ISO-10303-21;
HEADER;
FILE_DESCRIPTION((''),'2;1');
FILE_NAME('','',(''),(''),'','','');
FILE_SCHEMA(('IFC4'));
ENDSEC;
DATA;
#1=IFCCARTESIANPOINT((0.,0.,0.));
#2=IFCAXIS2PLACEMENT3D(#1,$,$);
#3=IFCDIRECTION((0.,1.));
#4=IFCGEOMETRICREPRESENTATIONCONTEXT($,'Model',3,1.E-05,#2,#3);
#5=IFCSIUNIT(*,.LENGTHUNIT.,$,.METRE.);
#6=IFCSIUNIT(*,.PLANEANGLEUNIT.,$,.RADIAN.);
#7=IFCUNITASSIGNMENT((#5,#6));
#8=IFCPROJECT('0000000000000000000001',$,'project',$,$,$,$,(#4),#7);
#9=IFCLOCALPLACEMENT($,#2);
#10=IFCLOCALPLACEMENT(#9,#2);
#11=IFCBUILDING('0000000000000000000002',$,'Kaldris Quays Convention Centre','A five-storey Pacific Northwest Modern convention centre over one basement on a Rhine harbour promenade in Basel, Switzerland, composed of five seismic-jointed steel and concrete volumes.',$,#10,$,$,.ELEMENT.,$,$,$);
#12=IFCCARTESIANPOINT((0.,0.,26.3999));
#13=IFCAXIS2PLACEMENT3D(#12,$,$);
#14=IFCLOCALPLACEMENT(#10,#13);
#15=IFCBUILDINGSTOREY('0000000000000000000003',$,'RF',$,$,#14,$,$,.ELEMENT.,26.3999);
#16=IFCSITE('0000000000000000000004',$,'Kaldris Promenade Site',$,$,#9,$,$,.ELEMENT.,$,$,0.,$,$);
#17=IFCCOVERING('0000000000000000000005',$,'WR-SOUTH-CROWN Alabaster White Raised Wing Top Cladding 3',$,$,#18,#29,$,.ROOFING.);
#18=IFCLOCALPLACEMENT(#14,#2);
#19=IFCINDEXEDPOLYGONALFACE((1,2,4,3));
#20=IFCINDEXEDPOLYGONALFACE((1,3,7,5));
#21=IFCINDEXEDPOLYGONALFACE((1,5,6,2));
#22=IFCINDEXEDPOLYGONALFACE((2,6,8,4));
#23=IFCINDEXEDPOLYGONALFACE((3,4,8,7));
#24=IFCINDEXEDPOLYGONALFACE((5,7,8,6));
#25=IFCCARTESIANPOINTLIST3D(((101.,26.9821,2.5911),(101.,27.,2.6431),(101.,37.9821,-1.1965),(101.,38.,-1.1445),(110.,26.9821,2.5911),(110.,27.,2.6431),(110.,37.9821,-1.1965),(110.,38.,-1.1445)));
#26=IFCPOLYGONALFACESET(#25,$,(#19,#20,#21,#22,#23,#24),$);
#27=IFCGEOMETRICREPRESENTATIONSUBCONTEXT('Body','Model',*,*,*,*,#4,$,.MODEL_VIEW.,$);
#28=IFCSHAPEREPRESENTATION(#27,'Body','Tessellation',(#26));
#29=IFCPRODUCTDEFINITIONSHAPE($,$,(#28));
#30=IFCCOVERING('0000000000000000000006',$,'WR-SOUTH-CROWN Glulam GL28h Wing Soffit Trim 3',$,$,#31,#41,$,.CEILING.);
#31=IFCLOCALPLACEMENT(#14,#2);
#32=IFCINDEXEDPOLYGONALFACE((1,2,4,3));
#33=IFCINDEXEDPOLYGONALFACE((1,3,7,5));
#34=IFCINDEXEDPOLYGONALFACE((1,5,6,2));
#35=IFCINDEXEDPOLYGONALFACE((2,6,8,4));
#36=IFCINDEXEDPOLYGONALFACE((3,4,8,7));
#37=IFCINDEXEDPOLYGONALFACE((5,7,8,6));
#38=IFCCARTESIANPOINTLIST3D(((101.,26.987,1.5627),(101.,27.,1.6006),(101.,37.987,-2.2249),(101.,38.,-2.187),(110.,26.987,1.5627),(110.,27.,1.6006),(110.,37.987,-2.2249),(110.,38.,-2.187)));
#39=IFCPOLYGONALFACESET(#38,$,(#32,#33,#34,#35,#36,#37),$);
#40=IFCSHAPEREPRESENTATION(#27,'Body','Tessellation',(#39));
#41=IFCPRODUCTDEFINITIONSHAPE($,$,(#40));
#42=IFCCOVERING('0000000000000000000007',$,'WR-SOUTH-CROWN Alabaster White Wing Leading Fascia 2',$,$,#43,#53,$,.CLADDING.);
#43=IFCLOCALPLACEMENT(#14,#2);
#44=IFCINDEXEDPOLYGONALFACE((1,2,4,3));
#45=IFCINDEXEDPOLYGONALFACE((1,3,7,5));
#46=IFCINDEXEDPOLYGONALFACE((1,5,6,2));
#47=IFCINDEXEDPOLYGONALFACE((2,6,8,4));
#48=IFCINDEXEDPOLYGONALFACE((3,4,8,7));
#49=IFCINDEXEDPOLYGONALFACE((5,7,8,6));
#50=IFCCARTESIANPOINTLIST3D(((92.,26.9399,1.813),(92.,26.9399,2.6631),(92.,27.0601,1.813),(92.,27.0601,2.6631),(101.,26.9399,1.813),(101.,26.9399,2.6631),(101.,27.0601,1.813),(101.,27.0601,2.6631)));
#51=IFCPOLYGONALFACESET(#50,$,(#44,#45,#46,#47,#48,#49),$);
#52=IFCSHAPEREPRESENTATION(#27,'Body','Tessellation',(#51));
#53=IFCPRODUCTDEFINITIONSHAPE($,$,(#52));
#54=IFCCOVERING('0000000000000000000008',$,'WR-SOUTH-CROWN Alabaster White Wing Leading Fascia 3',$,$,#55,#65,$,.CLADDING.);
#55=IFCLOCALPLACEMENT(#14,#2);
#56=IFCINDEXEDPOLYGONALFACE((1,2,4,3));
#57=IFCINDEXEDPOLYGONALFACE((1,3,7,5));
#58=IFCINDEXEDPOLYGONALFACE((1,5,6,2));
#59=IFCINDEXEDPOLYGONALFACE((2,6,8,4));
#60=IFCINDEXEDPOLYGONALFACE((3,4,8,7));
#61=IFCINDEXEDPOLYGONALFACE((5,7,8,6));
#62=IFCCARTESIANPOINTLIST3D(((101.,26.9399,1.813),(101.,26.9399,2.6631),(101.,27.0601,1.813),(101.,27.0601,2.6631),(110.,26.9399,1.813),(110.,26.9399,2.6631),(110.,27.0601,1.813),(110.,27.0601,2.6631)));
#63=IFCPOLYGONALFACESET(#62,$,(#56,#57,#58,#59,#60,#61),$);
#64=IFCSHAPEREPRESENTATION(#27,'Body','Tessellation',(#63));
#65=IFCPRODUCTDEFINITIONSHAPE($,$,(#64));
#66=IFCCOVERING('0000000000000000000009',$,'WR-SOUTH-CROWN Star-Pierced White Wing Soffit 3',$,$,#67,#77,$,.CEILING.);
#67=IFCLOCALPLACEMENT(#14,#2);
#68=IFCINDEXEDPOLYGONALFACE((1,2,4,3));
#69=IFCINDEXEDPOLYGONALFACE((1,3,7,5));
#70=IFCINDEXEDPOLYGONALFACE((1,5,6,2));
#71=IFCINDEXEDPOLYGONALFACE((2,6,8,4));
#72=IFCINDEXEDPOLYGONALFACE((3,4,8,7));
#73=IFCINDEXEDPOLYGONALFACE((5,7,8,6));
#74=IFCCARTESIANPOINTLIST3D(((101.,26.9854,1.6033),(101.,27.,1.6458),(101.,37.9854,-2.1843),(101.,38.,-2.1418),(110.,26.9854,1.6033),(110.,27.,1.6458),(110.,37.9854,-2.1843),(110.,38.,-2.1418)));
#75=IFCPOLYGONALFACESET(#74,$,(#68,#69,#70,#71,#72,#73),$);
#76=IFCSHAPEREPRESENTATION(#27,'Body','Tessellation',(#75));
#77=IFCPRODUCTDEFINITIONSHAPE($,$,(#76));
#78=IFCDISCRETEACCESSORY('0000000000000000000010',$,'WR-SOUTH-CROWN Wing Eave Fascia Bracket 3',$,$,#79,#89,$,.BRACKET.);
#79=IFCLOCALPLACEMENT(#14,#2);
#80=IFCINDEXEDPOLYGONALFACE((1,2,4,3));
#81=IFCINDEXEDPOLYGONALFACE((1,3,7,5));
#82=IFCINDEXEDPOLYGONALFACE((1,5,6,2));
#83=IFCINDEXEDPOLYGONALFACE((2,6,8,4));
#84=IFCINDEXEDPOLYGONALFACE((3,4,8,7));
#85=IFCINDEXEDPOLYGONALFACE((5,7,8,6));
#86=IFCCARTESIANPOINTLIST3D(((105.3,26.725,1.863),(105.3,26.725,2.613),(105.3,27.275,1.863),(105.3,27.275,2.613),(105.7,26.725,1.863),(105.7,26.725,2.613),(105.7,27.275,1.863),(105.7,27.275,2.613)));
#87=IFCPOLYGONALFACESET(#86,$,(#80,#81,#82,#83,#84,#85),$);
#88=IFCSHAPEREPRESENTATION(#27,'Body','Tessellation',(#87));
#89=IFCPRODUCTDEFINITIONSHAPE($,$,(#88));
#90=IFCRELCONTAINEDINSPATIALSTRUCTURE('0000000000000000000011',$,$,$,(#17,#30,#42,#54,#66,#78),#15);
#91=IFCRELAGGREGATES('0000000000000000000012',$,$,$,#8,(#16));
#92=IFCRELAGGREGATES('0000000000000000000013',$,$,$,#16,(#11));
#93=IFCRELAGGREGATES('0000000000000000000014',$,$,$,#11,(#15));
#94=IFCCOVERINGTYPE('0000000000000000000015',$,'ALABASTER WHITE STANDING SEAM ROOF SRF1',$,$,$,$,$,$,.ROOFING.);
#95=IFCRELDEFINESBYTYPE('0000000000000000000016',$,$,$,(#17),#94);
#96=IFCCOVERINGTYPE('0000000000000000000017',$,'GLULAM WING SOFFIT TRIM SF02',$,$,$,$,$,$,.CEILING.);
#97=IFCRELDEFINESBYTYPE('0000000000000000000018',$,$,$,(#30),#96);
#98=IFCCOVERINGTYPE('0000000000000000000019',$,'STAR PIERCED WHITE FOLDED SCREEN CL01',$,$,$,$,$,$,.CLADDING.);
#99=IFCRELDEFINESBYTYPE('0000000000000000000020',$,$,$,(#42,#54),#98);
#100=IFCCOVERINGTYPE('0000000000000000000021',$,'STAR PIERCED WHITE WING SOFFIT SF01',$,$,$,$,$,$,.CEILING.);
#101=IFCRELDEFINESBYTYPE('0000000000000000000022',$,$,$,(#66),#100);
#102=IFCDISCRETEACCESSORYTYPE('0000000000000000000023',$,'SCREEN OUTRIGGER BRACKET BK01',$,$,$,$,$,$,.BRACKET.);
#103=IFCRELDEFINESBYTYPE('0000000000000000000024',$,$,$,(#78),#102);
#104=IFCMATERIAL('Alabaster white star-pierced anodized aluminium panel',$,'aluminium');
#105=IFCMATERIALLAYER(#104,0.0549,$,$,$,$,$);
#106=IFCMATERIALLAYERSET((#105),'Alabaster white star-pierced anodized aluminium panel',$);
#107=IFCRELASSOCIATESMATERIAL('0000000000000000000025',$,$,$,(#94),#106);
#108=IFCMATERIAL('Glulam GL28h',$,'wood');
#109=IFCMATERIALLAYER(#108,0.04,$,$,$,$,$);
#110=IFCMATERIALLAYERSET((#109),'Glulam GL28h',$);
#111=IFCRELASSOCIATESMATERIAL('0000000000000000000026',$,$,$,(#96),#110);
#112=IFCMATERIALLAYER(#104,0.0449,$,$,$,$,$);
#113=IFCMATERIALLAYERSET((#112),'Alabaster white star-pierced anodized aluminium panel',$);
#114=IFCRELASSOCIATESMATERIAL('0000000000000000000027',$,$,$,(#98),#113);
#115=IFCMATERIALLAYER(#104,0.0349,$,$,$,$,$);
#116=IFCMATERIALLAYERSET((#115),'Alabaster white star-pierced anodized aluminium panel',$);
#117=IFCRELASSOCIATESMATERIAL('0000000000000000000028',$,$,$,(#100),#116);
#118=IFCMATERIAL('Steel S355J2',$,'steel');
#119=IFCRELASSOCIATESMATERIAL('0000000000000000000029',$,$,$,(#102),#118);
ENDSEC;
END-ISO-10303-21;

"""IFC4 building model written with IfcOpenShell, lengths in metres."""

from ifc_helpers import new_model, si_unit, direction, frame, origin, origin_2d, place, context, subcontext, project, spatial, polyline, rectangle, outline, extrude, material, layer, layer_set, type_object, element, save


model = new_model("IFC4")

# Units and contexts
model_context = context("Model", 3, precision=1e-05, world=origin(), true_north=direction((0.0, 1.0)))
body_context = subcontext(model_context, "Body", "Model", "MODEL_VIEW")
ifc_project = project(units=[si_unit("LENGTHUNIT", "METRE"), si_unit("PLANEANGLEUNIT", "RADIAN")], contexts=[model_context])

# Site, building, storey
site_placement = place(None, origin())
site = spatial("IfcSite", under=ifc_project, at=site_placement, Name="Kaldris Promenade Site", CompositionType="ELEMENT", RefElevation=0.0)
building_placement = place(site_placement, origin())
building = spatial("IfcBuilding", under=site, at=building_placement, Name="Kaldris Quays Convention Centre", Description="A five-storey Pacific Northwest Modern convention centre over one basement on a Rhine harbour promenade in Basel, Switzerland, composed of five seismic-jointed steel and concrete volumes.", CompositionType="ELEMENT")
storey_placement = place(building_placement, frame((0.0, 0.0, 26.3999)))
storey = spatial("IfcBuildingStorey", under=building, at=storey_placement, Name="RF", CompositionType="ELEMENT", Elevation=26.3999)

# Shared definitions
ifc_material_1 = material(Name="Glulam GL28h", Category="wood")
ifc_material_2 = material(Name="Steel S355J2", Category="steel")

# Shared definitions
ifc_material_3 = material(Name="Alabaster white star-pierced anodized aluminium panel", Category="aluminium")

# Coverings
ifc_layer_1 = layer(ifc_material_3, 0.0549)
ifc_layer_set_1 = layer_set([ifc_layer_1], Name="Alabaster white star-pierced anodized aluminium panel")
covering_type_1 = type_object("IfcCoveringType", Name="ALABASTER WHITE STANDING SEAM ROOF SRF1", PredefinedType="ROOFING", material=ifc_layer_set_1)
covering_1_placement = place(storey_placement, frame((101.0, 27.0, 2.6431), z_axis=(0.0, 0.325568, 0.945519), x_axis=(1.0, 0.0, 0.0)))
element("IfcCovering", 1, at=covering_1_placement, inside=storey, type_object=covering_type_1, Name="WR-SOUTH-CROWN Alabaster White Raised Wing Top Cladding 3", PredefinedType="ROOFING", context=body_context, shape_type="SweptSolid", body=[
    extrude(outline(polyline([(0.0, 0.0), (9.0, 0.0), (9.0, 11.6338), (0.0, 11.6338), (0.0, 0.0)])), origin(), (0.0, 0.0, -1.0), 0.0549),
])
ifc_layer_2 = layer(ifc_material_1, 0.04)
ifc_layer_set_2 = layer_set([ifc_layer_2], Name="Glulam GL28h")
covering_type_2 = type_object("IfcCoveringType", Name="GLULAM WING SOFFIT TRIM SF02", PredefinedType="CEILING", material=ifc_layer_set_2)
covering_2_placement = place(storey_placement, frame((101.0, 27.0, 1.6006), z_axis=(0.0, 0.325568, 0.945519), x_axis=(1.0, 0.0, 0.0)))
element("IfcCovering", 2, at=covering_2_placement, inside=storey, type_object=covering_type_2, Name="WR-SOUTH-CROWN Glulam GL28h Wing Soffit Trim 3", PredefinedType="CEILING", context=body_context, shape_type="SweptSolid", body=[
    extrude(outline(polyline([(0.0, 0.0), (9.0, 0.0), (9.0, 11.6338), (0.0, 11.6338), (0.0, 0.0)])), origin(), (0.0, 0.0, -1.0), 0.04),
])
ifc_layer_3 = layer(ifc_material_3, 0.0449)
ifc_layer_set_3 = layer_set([ifc_layer_3], Name="Alabaster white star-pierced anodized aluminium panel")
covering_type_3 = type_object("IfcCoveringType", Name="STAR PIERCED WHITE FOLDED SCREEN CL01", PredefinedType="CLADDING", material=ifc_layer_set_3)
for number, where, z_axis, x_axis, name in (
    (3, (96.5, 27.0, 1.813), (0.0, 0.0, 1.0), (1.0, 0.0, 0.0), "WR-SOUTH-CROWN Alabaster White Wing Leading Fascia 2"),
    (4, (105.5, 27.0, 1.813), (0.0, 0.0, 1.0), (1.0, 0.0, 0.0), "WR-SOUTH-CROWN Alabaster White Wing Leading Fascia 3"),
):
    element("IfcCovering", number, at=place(storey_placement, frame(where, z_axis=z_axis, x_axis=x_axis)), inside=storey, type_object=covering_type_3, Name=name, PredefinedType="CLADDING", context=body_context, shape_type="SweptSolid", body=[
        extrude(rectangle(XDim=9.0, YDim=0.1201, at=origin_2d()), origin(), (0.0, 0.0, 1.0), 0.8501),
    ])
ifc_layer_4 = layer(ifc_material_3, 0.0349)
ifc_layer_set_4 = layer_set([ifc_layer_4], Name="Alabaster white star-pierced anodized aluminium panel")
covering_type_4 = type_object("IfcCoveringType", Name="STAR PIERCED WHITE WING SOFFIT SF01", PredefinedType="CEILING", material=ifc_layer_set_4)
covering_3_placement = place(storey_placement, frame((101.0, 27.0, 1.6458), z_axis=(0.0, 0.325568, 0.945519), x_axis=(1.0, 0.0, 0.0)))
element("IfcCovering", 5, at=covering_3_placement, inside=storey, type_object=covering_type_4, Name="WR-SOUTH-CROWN Star-Pierced White Wing Soffit 3", PredefinedType="CEILING", context=body_context, shape_type="SweptSolid", body=[
    extrude(outline(polyline([(0.0, 0.0), (9.0, 0.0), (9.0, 11.6338), (0.0, 11.6338), (0.0, 0.0)])), origin(), (0.0, 0.0, -1.0), 0.0449),
])

# Discrete accessory
discrete_accessory_type = type_object("IfcDiscreteAccessoryType", Name="SCREEN OUTRIGGER BRACKET BK01", PredefinedType="BRACKET", material=ifc_material_2)
discrete_accessory_placement = place(storey_placement, frame((105.5, 27.0, 1.863), z_axis=(0.0, 0.0, 1.0), x_axis=(1.0, 0.0, 0.0)))
element("IfcDiscreteAccessory", 6, at=discrete_accessory_placement, inside=storey, type_object=discrete_accessory_type, Name="WR-SOUTH-CROWN Wing Eave Fascia Bracket 3", PredefinedType="BRACKET", context=body_context, shape_type="SweptSolid", body=[
    extrude(rectangle(XDim=0.3999, YDim=0.55, at=origin_2d()), origin(), (0.0, 0.0, 1.0), 0.75),
])

save(model, "model.ifc")
